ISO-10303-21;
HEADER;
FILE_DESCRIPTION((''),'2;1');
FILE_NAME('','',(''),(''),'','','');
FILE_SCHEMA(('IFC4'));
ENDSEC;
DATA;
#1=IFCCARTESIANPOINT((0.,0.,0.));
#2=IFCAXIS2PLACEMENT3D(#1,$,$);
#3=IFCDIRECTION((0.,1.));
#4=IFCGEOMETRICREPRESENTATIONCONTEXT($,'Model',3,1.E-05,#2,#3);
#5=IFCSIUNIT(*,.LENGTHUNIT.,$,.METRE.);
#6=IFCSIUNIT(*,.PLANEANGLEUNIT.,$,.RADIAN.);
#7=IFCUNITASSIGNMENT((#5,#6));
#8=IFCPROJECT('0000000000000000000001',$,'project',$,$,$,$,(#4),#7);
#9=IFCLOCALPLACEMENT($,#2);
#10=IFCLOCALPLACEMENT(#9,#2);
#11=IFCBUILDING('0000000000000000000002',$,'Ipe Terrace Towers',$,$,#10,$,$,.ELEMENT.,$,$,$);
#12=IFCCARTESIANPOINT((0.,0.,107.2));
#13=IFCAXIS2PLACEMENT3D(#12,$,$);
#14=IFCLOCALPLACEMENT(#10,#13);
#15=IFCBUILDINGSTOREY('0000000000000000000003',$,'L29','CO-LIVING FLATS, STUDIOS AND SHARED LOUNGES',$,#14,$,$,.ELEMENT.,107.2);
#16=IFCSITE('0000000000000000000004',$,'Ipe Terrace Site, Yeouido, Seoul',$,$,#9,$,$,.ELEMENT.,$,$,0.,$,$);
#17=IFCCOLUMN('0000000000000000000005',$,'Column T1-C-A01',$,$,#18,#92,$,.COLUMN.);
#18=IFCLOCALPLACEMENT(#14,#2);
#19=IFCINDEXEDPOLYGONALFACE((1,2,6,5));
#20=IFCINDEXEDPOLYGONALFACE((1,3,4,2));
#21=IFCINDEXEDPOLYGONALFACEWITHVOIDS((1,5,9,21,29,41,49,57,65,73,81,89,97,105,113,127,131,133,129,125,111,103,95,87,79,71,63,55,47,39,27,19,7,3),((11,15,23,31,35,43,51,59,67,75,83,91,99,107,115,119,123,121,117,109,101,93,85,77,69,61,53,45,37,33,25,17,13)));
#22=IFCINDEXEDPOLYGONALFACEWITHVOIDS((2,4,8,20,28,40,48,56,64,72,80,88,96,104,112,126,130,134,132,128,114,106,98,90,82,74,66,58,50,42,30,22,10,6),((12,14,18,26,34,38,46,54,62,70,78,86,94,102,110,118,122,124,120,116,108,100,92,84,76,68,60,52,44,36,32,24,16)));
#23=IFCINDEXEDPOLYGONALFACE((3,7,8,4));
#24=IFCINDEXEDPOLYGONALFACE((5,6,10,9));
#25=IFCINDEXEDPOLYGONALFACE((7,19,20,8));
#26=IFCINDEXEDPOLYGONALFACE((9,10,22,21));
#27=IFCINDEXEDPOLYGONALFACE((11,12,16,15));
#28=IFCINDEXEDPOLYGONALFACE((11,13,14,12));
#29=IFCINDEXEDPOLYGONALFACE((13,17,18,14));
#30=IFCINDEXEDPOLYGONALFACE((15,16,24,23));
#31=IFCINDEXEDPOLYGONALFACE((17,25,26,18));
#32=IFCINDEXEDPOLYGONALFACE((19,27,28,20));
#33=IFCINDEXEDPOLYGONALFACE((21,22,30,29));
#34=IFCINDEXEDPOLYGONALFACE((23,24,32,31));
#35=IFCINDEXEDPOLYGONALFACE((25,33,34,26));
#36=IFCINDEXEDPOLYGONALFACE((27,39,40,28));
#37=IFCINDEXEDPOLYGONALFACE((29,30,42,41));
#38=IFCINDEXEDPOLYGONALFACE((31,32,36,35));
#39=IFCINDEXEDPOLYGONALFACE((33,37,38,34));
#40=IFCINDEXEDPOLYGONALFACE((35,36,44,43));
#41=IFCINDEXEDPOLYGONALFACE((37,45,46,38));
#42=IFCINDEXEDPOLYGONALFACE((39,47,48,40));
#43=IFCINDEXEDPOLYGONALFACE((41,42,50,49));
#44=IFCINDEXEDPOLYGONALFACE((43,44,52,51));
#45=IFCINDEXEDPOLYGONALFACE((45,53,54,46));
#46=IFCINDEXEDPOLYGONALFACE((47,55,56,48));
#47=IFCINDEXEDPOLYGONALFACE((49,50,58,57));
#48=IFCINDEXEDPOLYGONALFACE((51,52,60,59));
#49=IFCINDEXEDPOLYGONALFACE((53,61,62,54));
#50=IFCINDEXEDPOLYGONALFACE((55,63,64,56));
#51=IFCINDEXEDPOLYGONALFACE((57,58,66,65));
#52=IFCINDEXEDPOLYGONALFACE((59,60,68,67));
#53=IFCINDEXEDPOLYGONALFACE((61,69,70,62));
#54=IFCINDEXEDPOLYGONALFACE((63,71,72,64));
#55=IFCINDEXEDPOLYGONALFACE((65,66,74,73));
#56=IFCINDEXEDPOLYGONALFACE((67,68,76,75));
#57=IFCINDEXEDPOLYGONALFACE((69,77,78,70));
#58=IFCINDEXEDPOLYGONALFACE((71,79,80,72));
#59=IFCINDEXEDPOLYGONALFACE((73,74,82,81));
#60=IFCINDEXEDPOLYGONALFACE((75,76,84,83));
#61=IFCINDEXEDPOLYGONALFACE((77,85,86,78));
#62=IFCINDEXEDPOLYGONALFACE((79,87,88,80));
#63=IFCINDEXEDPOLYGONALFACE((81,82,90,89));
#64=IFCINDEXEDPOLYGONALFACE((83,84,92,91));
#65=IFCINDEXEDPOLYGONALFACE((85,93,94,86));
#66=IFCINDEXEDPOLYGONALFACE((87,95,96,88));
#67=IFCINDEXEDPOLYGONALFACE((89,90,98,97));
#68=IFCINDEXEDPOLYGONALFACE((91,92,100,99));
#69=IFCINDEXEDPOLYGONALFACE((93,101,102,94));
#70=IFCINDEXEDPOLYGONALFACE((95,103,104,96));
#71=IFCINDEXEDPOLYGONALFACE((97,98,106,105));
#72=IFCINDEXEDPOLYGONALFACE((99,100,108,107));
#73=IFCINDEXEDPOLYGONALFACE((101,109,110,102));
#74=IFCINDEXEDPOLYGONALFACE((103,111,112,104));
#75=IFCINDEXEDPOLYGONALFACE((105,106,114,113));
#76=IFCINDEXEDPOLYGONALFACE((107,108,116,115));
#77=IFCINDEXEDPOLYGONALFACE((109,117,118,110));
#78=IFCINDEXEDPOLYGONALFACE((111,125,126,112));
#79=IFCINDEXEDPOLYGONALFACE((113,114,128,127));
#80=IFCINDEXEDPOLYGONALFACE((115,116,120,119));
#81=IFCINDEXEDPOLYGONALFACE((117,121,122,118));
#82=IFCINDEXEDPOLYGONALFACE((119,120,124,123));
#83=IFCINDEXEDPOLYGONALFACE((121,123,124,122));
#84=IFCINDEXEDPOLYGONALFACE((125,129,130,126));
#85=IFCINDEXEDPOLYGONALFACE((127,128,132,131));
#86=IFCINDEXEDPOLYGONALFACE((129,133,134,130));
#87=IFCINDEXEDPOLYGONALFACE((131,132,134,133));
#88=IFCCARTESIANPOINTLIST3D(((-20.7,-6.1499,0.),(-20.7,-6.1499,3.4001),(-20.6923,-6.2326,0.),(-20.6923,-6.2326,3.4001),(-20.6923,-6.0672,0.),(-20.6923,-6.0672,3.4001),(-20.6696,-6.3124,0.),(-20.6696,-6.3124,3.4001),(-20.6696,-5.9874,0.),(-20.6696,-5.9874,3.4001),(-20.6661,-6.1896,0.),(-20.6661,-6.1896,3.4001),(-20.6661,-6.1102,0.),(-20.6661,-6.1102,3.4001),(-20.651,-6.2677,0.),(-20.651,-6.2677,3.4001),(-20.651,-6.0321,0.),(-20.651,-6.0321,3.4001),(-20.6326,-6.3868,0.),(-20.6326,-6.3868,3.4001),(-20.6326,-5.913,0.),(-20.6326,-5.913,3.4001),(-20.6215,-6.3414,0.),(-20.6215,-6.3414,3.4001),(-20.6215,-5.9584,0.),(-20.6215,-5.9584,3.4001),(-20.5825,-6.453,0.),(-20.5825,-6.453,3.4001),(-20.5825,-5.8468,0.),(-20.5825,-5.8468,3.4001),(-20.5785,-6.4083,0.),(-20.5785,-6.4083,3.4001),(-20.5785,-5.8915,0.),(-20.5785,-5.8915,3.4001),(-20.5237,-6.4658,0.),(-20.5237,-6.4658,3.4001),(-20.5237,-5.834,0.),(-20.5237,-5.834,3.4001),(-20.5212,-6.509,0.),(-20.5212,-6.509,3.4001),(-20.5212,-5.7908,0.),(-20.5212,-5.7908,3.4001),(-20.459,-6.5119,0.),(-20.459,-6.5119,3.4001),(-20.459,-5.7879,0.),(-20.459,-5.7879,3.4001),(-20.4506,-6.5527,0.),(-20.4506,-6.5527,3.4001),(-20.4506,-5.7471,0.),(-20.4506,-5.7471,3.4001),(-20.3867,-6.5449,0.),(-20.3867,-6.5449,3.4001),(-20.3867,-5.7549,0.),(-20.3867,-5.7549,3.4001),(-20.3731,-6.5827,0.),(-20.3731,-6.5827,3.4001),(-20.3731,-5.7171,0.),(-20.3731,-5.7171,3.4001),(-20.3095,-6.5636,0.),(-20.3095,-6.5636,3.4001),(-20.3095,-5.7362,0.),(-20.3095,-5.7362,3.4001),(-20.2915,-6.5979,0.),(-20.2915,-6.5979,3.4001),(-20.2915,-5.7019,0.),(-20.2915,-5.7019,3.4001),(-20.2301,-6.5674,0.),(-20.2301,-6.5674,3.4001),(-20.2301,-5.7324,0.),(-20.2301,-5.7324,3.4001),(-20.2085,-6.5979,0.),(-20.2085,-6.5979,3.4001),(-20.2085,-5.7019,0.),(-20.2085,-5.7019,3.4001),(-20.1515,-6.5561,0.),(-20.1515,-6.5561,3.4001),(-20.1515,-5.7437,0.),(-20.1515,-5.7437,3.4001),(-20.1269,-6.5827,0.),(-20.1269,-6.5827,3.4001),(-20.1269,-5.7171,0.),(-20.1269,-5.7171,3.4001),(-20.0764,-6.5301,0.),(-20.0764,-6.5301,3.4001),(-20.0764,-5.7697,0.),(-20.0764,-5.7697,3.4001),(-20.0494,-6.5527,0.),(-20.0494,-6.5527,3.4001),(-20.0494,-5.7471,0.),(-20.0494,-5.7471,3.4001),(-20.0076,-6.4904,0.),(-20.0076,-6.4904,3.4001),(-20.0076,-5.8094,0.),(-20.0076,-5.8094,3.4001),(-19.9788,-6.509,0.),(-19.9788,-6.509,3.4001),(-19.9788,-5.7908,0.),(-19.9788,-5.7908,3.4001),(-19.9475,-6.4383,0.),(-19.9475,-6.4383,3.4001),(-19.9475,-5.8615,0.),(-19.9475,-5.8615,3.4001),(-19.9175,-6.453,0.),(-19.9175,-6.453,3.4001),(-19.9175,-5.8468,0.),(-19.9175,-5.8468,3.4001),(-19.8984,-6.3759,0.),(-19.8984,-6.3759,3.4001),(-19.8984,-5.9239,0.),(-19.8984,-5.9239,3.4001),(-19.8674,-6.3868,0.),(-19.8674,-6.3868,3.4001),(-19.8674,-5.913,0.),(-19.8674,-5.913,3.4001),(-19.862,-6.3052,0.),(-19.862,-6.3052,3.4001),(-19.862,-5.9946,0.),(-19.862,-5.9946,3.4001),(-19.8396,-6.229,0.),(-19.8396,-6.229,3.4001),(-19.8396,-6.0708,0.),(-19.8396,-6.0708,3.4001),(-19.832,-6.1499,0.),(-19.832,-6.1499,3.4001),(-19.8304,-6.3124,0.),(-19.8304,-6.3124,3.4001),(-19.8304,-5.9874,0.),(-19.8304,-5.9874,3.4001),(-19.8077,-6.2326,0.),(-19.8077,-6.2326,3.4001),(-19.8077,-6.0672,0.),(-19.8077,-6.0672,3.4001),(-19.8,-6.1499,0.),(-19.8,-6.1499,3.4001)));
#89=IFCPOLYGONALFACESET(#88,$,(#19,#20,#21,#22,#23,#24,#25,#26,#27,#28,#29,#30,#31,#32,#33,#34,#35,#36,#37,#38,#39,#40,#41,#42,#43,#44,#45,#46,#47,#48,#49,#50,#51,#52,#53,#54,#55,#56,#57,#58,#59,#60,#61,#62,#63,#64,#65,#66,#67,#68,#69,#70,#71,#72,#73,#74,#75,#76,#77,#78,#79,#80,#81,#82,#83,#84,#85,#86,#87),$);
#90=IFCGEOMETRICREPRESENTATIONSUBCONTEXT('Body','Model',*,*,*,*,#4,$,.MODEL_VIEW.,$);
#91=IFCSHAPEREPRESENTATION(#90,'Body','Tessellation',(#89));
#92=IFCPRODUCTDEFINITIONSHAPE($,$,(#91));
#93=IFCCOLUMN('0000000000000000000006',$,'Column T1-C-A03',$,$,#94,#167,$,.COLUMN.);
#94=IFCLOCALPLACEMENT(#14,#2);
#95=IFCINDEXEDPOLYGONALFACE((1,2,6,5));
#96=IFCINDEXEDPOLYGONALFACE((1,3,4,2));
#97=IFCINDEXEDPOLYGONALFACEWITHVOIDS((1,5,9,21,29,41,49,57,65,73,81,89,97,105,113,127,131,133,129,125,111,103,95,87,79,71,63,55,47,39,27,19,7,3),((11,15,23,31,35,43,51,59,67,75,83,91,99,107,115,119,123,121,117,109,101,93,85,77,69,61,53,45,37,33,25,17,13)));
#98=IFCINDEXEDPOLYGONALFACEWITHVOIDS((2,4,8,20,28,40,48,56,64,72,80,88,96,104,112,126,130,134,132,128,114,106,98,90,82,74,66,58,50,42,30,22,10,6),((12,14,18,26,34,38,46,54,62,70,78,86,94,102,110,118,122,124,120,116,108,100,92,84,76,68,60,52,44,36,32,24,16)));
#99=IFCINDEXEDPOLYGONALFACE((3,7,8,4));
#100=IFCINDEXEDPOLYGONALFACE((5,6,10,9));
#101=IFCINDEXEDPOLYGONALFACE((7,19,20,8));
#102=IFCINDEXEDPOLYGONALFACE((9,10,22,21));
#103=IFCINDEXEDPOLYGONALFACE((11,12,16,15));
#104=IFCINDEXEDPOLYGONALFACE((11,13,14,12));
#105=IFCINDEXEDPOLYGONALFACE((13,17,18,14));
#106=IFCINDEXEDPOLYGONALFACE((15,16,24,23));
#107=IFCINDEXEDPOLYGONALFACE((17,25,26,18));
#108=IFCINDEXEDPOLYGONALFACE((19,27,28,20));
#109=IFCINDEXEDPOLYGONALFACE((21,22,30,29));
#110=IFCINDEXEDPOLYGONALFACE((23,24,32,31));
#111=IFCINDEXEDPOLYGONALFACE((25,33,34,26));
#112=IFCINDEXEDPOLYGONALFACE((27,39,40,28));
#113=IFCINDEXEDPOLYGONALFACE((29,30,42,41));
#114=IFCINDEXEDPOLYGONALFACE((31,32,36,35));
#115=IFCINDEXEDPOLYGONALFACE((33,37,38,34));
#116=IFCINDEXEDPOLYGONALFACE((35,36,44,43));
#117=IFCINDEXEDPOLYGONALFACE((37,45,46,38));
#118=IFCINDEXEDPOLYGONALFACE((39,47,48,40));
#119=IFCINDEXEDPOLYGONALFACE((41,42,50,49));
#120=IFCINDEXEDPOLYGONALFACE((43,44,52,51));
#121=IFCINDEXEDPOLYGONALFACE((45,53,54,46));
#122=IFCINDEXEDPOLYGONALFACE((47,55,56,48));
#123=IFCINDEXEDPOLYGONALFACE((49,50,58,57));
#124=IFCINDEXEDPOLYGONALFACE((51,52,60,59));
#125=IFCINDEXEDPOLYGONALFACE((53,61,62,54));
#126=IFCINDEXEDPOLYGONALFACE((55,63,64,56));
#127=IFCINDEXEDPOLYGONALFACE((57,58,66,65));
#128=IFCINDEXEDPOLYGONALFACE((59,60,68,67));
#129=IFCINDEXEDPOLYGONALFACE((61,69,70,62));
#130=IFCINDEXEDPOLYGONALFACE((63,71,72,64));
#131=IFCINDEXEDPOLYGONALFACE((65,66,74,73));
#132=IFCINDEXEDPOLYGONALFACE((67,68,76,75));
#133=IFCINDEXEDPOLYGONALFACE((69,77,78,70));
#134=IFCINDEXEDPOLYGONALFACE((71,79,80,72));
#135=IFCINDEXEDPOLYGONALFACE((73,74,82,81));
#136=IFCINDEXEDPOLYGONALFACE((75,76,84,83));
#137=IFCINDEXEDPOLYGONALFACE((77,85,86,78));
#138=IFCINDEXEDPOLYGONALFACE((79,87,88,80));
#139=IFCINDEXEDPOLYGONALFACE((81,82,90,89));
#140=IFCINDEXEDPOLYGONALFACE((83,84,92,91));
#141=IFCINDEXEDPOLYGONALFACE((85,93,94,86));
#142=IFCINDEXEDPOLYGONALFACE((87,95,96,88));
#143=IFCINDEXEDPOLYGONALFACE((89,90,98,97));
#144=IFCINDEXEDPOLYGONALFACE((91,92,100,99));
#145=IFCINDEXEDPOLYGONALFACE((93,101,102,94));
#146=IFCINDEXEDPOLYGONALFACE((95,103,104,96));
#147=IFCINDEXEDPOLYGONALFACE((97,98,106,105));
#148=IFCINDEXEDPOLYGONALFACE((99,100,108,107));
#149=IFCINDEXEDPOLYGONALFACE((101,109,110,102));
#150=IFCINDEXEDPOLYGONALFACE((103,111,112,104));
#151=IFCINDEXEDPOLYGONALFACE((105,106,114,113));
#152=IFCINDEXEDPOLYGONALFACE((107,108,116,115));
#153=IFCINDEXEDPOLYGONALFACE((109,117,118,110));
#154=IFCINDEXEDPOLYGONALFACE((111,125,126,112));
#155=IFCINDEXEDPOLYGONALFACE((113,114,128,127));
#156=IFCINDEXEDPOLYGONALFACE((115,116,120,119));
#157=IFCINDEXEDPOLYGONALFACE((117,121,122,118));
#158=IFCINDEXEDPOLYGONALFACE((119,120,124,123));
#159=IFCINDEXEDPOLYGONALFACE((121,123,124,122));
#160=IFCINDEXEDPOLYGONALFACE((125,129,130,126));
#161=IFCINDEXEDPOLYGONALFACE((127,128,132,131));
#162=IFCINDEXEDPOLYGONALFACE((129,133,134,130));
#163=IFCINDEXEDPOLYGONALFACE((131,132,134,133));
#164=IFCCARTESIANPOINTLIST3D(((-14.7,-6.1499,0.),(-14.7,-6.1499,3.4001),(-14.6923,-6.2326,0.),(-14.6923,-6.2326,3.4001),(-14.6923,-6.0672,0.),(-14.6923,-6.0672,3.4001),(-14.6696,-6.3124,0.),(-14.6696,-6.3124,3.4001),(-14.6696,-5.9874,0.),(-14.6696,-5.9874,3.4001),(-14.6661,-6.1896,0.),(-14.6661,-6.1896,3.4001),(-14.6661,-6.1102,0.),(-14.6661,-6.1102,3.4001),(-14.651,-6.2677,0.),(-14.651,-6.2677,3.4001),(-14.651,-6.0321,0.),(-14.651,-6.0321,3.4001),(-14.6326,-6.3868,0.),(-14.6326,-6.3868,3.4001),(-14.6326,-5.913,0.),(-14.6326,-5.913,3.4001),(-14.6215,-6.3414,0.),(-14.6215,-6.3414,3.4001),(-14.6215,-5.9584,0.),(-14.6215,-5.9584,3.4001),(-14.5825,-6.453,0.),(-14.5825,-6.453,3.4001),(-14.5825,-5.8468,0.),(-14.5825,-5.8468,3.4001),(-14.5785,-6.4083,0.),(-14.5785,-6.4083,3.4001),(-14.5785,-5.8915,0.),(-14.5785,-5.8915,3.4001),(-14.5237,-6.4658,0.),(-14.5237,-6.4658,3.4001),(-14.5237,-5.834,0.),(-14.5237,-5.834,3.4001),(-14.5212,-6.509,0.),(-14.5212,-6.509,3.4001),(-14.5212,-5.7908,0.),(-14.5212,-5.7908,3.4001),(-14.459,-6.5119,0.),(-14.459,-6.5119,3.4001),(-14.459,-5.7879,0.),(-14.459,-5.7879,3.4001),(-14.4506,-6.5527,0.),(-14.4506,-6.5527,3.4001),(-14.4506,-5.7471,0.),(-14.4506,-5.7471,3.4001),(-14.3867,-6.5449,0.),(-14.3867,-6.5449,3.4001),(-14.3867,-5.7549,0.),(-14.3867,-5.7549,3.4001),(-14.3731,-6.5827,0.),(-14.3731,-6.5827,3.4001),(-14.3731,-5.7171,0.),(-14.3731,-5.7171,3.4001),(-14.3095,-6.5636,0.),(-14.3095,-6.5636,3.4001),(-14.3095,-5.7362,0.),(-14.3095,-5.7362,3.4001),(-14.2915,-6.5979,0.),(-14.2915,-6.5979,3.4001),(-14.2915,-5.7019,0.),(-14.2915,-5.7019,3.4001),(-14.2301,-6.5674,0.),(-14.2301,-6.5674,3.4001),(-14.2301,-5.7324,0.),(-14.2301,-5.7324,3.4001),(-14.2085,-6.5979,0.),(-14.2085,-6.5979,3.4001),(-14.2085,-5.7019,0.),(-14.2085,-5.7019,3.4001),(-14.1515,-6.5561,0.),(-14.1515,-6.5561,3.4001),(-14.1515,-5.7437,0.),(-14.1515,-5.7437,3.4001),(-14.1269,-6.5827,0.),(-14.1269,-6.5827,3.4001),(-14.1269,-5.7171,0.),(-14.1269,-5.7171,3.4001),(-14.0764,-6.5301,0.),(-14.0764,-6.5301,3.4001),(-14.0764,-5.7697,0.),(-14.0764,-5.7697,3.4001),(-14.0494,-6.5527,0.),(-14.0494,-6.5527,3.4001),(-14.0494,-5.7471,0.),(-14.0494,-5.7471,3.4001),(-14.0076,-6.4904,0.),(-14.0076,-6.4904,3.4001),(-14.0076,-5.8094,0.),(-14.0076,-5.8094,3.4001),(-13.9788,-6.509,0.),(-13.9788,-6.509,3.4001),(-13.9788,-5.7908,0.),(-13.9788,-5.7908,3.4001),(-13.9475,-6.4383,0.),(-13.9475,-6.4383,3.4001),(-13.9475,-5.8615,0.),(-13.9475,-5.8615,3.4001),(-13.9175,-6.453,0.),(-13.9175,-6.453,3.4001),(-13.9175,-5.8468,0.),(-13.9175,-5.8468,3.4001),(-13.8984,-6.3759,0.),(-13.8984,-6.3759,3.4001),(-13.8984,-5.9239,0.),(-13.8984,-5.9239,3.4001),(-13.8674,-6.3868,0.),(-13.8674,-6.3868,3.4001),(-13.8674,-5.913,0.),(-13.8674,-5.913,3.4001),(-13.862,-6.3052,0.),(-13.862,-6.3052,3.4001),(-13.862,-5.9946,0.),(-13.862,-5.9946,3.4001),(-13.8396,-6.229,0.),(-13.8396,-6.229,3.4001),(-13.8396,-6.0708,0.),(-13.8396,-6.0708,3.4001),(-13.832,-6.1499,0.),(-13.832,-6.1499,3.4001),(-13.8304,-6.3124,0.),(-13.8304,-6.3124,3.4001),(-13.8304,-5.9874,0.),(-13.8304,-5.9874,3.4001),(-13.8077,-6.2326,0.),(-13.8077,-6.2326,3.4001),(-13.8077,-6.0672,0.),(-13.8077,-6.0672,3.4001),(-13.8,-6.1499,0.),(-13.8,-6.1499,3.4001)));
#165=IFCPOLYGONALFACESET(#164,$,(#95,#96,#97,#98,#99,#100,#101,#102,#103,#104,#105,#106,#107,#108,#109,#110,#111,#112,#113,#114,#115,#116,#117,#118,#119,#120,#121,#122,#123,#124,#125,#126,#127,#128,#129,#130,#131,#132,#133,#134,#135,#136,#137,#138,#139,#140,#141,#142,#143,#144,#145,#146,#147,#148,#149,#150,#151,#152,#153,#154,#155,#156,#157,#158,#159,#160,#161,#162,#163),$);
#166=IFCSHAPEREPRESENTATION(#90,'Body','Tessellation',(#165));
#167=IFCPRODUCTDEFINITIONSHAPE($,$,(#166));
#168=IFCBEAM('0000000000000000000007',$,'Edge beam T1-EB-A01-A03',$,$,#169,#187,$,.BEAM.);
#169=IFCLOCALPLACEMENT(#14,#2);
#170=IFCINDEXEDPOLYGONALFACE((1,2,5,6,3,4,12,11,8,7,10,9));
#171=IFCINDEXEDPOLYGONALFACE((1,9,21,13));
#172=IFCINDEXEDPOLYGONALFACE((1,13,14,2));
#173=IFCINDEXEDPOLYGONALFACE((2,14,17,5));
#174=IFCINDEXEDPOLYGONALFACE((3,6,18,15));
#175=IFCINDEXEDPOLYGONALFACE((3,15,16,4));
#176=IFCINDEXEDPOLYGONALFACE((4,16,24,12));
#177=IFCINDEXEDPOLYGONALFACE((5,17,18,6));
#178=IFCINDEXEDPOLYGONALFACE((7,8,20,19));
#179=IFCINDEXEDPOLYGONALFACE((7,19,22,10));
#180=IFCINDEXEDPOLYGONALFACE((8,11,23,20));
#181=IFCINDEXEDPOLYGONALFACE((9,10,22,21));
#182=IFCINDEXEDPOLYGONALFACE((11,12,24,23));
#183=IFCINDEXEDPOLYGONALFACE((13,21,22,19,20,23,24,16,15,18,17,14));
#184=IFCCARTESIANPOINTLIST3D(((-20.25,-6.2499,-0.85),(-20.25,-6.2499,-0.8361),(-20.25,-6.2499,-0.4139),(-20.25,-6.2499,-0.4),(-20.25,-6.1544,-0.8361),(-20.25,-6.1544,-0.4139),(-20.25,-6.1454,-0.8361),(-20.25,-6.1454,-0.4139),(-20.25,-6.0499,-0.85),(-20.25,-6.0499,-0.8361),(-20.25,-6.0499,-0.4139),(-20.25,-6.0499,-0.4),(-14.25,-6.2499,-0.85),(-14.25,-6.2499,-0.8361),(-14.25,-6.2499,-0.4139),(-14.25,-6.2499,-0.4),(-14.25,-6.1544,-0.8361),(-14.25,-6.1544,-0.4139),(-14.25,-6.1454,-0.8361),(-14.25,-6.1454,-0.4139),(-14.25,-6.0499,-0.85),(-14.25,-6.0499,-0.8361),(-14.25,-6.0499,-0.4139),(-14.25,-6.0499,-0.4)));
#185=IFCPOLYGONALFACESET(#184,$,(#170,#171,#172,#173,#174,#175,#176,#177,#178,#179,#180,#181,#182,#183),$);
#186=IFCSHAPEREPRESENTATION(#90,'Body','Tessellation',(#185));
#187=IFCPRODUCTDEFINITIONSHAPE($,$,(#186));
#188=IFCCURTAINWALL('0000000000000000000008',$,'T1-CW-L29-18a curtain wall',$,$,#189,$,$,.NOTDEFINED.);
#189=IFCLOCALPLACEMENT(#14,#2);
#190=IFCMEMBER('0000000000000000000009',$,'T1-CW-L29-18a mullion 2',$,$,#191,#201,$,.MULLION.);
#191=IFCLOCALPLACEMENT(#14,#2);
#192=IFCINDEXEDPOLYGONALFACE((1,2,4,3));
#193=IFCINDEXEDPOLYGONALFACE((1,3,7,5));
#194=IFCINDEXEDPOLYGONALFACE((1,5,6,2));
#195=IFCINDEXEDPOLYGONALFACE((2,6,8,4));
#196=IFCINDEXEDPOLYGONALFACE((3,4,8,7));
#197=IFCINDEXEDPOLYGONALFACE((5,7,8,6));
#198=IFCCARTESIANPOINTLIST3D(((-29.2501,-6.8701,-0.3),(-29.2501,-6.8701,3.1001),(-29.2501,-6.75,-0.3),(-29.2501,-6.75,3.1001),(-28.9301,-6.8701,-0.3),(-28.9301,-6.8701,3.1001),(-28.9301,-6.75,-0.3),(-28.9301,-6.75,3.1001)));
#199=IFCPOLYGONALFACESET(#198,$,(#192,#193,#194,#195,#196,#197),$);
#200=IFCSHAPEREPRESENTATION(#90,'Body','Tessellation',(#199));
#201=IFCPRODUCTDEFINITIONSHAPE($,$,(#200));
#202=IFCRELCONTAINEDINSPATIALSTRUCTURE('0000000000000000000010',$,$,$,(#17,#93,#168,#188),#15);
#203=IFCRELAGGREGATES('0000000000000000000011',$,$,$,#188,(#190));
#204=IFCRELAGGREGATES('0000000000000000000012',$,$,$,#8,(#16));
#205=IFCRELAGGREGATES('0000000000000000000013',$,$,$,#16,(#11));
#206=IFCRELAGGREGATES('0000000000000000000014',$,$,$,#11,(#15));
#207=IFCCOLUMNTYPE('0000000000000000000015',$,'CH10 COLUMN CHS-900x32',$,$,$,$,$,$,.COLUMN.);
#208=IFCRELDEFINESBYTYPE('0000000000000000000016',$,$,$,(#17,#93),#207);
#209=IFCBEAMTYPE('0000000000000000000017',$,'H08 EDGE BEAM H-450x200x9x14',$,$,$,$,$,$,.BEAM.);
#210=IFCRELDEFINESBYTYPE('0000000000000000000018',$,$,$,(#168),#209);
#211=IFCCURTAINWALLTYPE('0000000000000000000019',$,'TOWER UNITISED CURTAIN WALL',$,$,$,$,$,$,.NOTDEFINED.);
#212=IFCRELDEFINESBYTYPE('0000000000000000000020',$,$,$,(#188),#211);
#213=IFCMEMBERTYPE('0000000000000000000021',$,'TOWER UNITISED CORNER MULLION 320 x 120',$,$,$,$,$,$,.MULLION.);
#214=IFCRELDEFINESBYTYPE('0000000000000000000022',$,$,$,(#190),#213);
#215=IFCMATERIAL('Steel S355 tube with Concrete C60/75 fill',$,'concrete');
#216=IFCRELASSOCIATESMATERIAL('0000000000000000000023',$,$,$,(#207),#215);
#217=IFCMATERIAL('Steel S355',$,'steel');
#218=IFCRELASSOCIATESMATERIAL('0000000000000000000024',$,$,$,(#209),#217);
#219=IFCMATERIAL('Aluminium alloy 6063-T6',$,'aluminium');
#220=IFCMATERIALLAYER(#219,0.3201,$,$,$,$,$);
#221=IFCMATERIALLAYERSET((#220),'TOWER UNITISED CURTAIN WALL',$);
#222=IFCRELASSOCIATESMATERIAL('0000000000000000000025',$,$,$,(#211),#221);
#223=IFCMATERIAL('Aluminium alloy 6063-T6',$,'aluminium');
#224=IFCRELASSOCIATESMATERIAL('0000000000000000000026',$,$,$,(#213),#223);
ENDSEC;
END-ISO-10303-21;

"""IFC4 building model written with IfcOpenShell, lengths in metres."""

from ifc_helpers import new_model, si_unit, direction, frame, origin, origin_2d, place, context, subcontext, project, spatial, rectangle, hollow_circle, i_section, extrude, material, layer, layer_set, material_profile, profile_set, type_object, element, aggregate, save


model = new_model("IFC4")

# Units and contexts
model_context = context("Model", 3, precision=1e-05, world=origin(), true_north=direction((0.0, 1.0)))
body_context = subcontext(model_context, "Body", "Model", "MODEL_VIEW")
ifc_project = project(units=[si_unit("LENGTHUNIT", "METRE"), si_unit("PLANEANGLEUNIT", "RADIAN")], contexts=[model_context])

# Site, building, storey
site_placement = place(None, origin())
site = spatial("IfcSite", under=ifc_project, at=site_placement, Name="Ipe Terrace Site, Yeouido, Seoul", CompositionType="ELEMENT", RefElevation=0.0)
building_placement = place(site_placement, origin())
building = spatial("IfcBuilding", under=site, at=building_placement, Name="Ipe Terrace Towers", CompositionType="ELEMENT")
storey_placement = place(building_placement, frame((0.0, 0.0, 107.2)))
storey = spatial("IfcBuildingStorey", under=building, at=storey_placement, Name="L29", Description="CO-LIVING FLATS, STUDIOS AND SHARED LOUNGES", CompositionType="ELEMENT", Elevation=107.2)

# Columns
ifc_material_1 = material(Name="Steel S355 tube with Concrete C60/75 fill", Category="concrete")
ifc_material_profile_1 = material_profile(ifc_material_1, hollow_circle(Radius=0.45, WallThickness=0.032, at=origin_2d()), Name="CHS-900x32")
ifc_profile_set_1 = profile_set([ifc_material_profile_1], Name="Steel S355 tube with Concrete C60/75 fill")
column_type = type_object("IfcColumnType", Name="CH10 COLUMN CHS-900x32", PredefinedType="COLUMN", material=ifc_profile_set_1)
for number, where, z_axis, x_axis, name in (
    (1, (-20.25, -6.1499, 0.0), (0.0, 0.0, 1.0), (1.0, 0.0, 0.0), "Column T1-C-A01"),
    (2, (-14.25, -6.1499, 0.0), (0.0, 0.0, 1.0), (1.0, 0.0, 0.0), "Column T1-C-A03"),
):
    element("IfcColumn", number, at=place(storey_placement, frame(where, z_axis=z_axis, x_axis=x_axis)), inside=storey, type_object=column_type, Name=name, PredefinedType="COLUMN", context=body_context, shape_type="SweptSolid", body=[
        extrude(hollow_circle(Radius=0.45, WallThickness=0.032, at=origin_2d()), origin(), (0.0, 0.0, 1.0), 3.4001),
    ])

# Beam
ifc_material_2 = material(Name="Steel S355", Category="steel")
ifc_material_profile_2 = material_profile(ifc_material_2, i_section(OverallWidth=0.2, OverallDepth=0.45, WebThickness=0.009, FlangeThickness=0.0139, at=origin_2d()), Name="H-450x200x9x14")
ifc_profile_set_2 = profile_set([ifc_material_profile_2], Name="Steel S355")
beam_type = type_object("IfcBeamType", Name="H08 EDGE BEAM H-450x200x9x14", PredefinedType="BEAM", material=ifc_profile_set_2)
beam_placement = place(storey_placement, frame((-20.25, -6.1499, -0.625), z_axis=(1.0, 0.0, 0.0), x_axis=(0.0, 1.0, 0.0)))
element("IfcBeam", 3, at=beam_placement, inside=storey, type_object=beam_type, Name="Edge beam T1-EB-A01-A03", PredefinedType="BEAM", context=body_context, shape_type="SweptSolid", body=[
    extrude(i_section(OverallWidth=0.2, OverallDepth=0.45, WebThickness=0.009, FlangeThickness=0.0139, at=origin_2d()), origin(), (0.0, 0.0, 1.0), 6.0),
])

# Curtain wall, member
ifc_material_3 = material(Name="Aluminium alloy 6063-T6", Category="aluminium")
ifc_layer_1 = layer(ifc_material_3, 0.3201)
ifc_layer_set_1 = layer_set([ifc_layer_1], Name="TOWER UNITISED CURTAIN WALL")
curtain_wall_type = type_object("IfcCurtainWallType", Name="TOWER UNITISED CURTAIN WALL", PredefinedType="NOTDEFINED", material=ifc_layer_set_1)
curtain_wall_1_placement = place(storey_placement, origin())
curtain_wall_1 = element("IfcCurtainWall", 4, at=curtain_wall_1_placement, inside=storey, type_object=curtain_wall_type, Name="T1-CW-L29-18a curtain wall", PredefinedType="NOTDEFINED")
ifc_material_4 = material(Name="Aluminium alloy 6063-T6", Category="aluminium")
ifc_material_profile_3 = material_profile(ifc_material_4, rectangle(XDim=0.3201, YDim=0.1201, at=origin_2d()), Name="TOWER UNITISED CORNER MULLION 320 x 120")
ifc_profile_set_3 = profile_set([ifc_material_profile_3], Name="Aluminium alloy 6063-T6")
member_type = type_object("IfcMemberType", Name="TOWER UNITISED CORNER MULLION 320 x 120", PredefinedType="MULLION", material=ifc_profile_set_3)
member_1_placement = place(storey_placement, frame((-29.0901, -6.8101, -0.3), z_axis=(0.0, 0.0, 1.0), x_axis=(1.0, 0.0, 0.0)))
member_1 = element("IfcMember", 5, at=member_1_placement, type_object=member_type, Name="T1-CW-L29-18a mullion 2", PredefinedType="MULLION", context=body_context, shape_type="SweptSolid", body=[
    extrude(rectangle(XDim=0.3201, YDim=0.1201, at=origin_2d()), origin(), (0.0, 0.0, 1.0), 3.4001),
])

aggregate(curtain_wall_1, [member_1])

save(model, "model.ifc")
